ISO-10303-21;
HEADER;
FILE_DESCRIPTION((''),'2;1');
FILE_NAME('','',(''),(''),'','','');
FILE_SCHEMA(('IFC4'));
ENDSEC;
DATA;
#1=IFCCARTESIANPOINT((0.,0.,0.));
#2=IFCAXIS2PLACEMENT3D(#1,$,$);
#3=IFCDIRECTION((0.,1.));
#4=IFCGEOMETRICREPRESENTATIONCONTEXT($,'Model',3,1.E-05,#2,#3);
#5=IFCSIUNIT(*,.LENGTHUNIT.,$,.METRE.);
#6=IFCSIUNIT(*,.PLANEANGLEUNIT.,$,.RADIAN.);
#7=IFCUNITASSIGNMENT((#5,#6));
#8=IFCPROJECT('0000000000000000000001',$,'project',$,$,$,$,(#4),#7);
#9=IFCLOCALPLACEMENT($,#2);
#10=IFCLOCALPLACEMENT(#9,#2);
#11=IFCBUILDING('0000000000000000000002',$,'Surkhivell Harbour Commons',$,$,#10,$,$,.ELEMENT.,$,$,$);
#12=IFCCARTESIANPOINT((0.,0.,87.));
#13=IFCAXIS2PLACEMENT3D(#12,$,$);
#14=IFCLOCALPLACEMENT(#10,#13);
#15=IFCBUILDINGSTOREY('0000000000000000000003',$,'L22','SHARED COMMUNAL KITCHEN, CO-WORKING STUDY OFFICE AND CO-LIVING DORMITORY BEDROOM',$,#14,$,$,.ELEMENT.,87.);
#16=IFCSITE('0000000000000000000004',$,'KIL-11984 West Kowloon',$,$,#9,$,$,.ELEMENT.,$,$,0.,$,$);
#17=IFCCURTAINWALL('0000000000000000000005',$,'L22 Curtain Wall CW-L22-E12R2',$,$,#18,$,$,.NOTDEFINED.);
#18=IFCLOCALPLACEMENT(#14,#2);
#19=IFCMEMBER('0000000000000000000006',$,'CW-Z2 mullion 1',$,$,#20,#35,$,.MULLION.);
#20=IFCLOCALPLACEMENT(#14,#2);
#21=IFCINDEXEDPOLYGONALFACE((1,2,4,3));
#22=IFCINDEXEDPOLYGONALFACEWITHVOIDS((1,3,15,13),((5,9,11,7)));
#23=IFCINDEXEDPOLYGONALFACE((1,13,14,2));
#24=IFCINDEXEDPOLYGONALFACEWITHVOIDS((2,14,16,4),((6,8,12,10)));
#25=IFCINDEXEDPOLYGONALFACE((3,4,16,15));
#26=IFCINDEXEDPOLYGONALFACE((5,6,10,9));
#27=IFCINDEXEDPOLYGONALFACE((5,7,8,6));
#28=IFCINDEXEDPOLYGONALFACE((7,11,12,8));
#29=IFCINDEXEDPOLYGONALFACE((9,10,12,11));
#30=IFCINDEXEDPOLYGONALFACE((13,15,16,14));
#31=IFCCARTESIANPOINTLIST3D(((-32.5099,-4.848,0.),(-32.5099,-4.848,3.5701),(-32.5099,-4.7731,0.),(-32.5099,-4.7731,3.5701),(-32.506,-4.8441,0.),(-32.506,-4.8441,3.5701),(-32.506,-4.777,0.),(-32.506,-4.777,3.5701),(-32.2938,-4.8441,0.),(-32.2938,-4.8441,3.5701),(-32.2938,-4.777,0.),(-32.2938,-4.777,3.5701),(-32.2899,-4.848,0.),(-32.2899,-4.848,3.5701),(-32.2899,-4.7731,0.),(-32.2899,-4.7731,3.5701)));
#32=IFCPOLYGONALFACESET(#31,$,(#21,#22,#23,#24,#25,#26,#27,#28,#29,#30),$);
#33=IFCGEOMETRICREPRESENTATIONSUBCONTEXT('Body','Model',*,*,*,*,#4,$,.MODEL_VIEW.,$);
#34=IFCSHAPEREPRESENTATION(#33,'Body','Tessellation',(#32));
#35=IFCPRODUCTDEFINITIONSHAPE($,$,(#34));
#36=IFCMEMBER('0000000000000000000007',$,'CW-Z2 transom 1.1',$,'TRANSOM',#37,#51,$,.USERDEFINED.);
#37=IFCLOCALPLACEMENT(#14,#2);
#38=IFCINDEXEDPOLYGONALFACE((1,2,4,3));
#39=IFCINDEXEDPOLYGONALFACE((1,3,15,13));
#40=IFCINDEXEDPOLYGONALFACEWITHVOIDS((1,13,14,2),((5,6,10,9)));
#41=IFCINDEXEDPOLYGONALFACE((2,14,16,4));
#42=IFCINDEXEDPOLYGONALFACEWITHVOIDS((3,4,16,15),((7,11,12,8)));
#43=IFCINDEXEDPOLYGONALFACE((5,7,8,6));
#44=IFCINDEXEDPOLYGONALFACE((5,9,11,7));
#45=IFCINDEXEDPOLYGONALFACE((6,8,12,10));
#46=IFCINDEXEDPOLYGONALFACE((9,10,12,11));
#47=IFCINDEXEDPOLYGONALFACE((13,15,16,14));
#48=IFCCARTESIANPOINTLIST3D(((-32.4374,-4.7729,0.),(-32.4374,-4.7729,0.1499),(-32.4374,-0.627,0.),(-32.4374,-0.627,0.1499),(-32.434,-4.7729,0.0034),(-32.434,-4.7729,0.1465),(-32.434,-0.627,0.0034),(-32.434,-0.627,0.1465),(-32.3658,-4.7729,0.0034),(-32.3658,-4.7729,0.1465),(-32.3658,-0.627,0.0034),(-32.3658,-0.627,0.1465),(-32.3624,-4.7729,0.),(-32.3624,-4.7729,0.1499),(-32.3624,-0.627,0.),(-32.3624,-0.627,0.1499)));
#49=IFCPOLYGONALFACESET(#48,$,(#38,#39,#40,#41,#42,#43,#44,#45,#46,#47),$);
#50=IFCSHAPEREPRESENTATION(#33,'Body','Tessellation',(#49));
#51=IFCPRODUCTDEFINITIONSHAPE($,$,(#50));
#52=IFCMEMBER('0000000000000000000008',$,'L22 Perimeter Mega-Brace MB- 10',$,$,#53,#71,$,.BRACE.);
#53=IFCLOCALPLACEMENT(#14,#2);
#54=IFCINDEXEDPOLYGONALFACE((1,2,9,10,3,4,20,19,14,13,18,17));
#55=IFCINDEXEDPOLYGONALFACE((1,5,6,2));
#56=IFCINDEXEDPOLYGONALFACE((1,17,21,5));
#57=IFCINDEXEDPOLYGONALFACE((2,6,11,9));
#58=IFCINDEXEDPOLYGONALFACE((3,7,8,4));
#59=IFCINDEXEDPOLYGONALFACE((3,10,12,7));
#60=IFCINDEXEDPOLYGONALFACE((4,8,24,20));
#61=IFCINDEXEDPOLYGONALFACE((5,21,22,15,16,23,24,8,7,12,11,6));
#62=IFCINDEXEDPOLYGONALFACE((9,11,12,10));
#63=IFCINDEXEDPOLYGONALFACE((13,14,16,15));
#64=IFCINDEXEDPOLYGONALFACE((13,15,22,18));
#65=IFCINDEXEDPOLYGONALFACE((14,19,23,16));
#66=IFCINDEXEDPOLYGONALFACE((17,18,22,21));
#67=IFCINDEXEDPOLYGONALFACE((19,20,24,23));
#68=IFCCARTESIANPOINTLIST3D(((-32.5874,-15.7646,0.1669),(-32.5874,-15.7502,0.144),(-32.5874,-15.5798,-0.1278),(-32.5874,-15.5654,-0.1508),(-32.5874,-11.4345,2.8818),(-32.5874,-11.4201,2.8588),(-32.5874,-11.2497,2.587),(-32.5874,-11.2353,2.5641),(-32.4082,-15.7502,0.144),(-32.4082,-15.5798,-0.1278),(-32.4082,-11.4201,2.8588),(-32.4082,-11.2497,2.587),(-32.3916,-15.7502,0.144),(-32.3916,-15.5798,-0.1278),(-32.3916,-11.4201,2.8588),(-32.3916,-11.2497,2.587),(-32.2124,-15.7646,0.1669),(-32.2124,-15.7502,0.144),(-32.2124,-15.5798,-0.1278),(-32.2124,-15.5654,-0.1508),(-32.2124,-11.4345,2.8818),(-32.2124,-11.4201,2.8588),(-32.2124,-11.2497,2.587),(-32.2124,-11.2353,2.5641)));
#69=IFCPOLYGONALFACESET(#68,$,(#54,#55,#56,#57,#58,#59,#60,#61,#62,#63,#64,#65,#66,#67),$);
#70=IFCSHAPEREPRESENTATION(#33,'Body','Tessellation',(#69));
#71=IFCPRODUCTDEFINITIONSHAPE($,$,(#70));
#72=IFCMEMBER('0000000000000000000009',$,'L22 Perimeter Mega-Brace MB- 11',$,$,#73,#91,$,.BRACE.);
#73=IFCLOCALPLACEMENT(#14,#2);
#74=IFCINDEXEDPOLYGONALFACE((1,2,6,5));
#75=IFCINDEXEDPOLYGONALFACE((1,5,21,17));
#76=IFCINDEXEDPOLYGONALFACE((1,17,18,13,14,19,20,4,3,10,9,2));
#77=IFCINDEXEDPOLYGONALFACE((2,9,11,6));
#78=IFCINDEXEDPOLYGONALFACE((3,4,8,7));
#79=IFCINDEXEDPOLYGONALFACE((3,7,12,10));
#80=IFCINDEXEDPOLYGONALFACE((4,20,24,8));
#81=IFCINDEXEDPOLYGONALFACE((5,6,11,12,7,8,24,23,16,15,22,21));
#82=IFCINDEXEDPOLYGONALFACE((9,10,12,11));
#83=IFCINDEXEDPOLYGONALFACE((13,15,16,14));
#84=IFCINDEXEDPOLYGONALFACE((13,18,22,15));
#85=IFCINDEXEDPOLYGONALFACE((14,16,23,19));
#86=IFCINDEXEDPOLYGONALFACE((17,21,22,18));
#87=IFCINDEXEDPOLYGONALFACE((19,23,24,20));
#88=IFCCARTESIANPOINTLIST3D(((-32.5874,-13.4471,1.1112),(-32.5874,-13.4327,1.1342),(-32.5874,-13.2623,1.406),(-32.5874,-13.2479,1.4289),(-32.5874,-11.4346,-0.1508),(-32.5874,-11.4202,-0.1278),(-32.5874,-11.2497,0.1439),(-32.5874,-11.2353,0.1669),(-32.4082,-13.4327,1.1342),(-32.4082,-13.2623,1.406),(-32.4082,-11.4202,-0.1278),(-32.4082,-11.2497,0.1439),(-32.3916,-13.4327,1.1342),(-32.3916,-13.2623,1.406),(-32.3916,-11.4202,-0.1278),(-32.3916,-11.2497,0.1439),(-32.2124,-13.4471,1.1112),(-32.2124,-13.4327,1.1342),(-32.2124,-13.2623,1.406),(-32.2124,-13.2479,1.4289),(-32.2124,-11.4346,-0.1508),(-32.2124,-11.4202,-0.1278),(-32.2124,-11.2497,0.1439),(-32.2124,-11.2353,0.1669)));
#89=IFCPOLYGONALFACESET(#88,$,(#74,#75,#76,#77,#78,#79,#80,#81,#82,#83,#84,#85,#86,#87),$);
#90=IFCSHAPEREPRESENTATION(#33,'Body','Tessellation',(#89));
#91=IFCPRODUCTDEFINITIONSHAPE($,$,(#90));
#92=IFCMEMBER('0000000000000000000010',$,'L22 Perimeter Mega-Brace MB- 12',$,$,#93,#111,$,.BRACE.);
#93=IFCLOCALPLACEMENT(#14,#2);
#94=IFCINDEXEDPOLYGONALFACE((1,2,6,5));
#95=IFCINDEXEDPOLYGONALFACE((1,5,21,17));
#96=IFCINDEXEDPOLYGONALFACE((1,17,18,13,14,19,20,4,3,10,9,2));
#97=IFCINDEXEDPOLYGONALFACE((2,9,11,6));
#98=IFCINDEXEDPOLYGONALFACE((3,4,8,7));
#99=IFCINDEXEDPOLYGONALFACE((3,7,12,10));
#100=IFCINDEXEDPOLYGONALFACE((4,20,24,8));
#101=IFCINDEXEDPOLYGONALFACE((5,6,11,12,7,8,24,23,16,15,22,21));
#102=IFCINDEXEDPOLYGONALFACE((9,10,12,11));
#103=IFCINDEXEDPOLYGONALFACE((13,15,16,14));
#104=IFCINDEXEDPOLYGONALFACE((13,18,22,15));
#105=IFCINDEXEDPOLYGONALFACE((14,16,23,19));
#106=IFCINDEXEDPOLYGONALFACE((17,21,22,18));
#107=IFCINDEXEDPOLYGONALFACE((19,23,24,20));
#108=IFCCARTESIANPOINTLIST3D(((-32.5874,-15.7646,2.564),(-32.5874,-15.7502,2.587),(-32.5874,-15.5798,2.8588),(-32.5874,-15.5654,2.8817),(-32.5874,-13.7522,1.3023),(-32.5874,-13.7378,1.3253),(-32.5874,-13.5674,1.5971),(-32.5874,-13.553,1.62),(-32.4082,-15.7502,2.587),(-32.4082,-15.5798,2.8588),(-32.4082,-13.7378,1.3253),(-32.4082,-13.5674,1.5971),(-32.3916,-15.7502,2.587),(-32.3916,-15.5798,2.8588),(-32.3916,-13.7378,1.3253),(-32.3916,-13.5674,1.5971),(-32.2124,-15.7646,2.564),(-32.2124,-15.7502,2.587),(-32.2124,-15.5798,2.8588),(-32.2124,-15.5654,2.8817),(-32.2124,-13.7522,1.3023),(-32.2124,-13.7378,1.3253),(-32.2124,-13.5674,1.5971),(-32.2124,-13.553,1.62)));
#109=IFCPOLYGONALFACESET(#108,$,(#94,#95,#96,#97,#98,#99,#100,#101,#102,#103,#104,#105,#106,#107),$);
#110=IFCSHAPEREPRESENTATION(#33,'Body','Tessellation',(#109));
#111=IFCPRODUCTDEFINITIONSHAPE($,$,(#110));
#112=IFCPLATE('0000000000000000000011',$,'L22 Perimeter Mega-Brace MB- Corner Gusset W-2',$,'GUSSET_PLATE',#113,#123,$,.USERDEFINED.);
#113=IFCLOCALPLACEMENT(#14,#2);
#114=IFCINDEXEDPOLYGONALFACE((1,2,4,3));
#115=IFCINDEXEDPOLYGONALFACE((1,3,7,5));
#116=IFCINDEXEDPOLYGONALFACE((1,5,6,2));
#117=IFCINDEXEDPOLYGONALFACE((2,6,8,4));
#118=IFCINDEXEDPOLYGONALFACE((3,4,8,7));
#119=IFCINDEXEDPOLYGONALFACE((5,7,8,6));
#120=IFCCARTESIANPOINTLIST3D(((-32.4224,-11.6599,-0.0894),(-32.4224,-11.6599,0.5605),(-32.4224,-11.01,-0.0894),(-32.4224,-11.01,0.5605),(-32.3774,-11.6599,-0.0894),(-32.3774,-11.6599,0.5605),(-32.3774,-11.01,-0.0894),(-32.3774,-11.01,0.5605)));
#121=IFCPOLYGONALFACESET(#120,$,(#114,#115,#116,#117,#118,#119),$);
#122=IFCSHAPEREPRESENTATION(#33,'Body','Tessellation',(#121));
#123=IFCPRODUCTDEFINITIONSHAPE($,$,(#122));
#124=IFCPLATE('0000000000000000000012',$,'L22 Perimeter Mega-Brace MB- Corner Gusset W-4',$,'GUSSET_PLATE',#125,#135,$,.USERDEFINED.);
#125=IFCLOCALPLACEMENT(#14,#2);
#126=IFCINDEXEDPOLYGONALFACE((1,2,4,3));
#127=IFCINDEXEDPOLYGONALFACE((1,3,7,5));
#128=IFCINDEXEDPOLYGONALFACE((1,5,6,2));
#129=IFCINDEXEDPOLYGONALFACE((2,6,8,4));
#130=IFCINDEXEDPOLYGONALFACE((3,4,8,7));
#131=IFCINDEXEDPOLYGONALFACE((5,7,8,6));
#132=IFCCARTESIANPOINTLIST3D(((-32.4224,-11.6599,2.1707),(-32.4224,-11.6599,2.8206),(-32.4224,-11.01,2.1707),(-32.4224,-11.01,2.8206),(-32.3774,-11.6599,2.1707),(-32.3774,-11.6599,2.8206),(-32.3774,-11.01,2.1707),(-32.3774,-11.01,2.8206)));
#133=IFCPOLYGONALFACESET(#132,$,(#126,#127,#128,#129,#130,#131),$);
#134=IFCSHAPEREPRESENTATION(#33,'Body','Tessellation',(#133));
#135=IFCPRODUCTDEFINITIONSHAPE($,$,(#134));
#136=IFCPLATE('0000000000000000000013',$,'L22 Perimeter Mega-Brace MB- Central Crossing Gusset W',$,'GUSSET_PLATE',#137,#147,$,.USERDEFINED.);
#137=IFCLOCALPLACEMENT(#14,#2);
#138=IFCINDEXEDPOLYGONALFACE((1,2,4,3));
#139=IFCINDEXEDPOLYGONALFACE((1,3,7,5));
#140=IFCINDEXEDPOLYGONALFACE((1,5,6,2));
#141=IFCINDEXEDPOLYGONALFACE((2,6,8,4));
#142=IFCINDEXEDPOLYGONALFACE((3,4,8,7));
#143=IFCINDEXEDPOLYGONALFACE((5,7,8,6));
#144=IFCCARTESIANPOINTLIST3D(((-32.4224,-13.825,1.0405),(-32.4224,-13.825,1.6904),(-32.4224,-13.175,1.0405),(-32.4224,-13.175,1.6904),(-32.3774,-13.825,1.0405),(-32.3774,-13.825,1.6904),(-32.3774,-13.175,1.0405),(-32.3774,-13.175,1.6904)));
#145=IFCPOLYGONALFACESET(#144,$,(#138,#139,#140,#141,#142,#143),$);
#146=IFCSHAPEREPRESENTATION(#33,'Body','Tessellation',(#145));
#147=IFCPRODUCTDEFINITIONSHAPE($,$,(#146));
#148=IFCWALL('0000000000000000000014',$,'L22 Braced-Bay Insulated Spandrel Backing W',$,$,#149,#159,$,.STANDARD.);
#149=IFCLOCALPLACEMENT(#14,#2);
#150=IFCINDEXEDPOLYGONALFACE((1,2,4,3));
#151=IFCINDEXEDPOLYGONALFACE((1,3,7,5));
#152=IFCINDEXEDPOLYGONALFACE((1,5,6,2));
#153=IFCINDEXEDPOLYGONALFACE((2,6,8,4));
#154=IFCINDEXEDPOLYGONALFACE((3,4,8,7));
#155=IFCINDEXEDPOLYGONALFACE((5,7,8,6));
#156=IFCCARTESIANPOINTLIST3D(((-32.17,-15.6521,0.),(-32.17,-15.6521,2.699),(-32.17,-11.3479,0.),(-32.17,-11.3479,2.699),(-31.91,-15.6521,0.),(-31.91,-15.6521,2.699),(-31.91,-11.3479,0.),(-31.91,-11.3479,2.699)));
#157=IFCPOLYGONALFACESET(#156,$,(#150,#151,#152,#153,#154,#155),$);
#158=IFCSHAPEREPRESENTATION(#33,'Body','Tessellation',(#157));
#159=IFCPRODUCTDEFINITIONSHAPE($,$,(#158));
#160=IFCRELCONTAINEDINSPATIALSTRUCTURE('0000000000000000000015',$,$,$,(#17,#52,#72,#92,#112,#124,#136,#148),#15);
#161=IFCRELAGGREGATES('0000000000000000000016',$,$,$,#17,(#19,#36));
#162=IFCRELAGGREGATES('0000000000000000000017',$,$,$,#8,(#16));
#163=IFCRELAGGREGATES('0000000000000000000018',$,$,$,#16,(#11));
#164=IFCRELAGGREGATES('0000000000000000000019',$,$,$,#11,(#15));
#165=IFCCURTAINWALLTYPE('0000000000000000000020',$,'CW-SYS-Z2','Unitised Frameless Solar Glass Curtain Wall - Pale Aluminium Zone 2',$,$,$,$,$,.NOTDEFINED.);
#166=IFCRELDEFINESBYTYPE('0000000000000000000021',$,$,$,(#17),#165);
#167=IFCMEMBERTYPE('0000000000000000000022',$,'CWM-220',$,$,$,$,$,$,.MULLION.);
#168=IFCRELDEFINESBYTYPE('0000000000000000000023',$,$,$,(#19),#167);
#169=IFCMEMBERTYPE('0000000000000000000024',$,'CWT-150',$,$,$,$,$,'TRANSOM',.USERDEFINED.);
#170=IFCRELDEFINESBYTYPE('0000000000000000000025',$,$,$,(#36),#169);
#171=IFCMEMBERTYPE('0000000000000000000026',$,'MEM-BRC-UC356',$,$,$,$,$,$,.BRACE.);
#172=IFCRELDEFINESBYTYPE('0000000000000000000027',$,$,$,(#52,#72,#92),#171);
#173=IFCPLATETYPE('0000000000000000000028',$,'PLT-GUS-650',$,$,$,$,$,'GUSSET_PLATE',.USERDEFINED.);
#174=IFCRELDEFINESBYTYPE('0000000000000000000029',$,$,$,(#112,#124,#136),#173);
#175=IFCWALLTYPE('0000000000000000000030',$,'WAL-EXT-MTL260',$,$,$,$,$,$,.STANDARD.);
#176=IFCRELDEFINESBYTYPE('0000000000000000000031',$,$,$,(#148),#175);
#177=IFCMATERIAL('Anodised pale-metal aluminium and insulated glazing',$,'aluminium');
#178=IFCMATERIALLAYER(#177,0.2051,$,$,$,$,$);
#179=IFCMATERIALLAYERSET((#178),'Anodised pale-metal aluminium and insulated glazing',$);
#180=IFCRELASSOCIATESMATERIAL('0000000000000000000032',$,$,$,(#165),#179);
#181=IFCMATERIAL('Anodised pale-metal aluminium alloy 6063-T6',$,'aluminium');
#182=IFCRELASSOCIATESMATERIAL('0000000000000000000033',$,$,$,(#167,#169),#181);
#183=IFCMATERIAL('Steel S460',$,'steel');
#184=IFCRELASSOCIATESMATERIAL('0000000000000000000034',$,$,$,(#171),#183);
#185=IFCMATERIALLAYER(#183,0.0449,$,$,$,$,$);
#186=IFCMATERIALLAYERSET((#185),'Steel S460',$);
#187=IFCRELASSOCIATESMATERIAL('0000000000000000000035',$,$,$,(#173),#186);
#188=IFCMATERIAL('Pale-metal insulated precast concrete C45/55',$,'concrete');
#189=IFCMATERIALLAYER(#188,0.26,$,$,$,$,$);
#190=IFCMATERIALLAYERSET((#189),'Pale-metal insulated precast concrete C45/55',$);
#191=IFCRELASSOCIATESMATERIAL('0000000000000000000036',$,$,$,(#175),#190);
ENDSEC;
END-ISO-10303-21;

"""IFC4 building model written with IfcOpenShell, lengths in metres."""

from ifc_helpers import new_model, si_unit, direction, frame, frame_2d, origin, origin_2d, place, context, subcontext, project, spatial, rectangle, hollow_rectangle, i_section, extrude, material, layer, layer_set, material_profile, profile_set, type_object, element, aggregate, save


model = new_model("IFC4")

# Units and contexts
model_context = context("Model", 3, precision=1e-05, world=origin(), true_north=direction((0.0, 1.0)))
body_context = subcontext(model_context, "Body", "Model", "MODEL_VIEW")
ifc_project = project(units=[si_unit("LENGTHUNIT", "METRE"), si_unit("PLANEANGLEUNIT", "RADIAN")], contexts=[model_context])

# Site, building, storey
site_placement = place(None, origin())
site = spatial("IfcSite", under=ifc_project, at=site_placement, Name="KIL-11984 West Kowloon", CompositionType="ELEMENT", RefElevation=0.0)
building_placement = place(site_placement, origin())
building = spatial("IfcBuilding", under=site, at=building_placement, Name="Surkhivell Harbour Commons", CompositionType="ELEMENT")
storey_placement = place(building_placement, frame((0.0, 0.0, 87.0)))
storey = spatial("IfcBuildingStorey", under=building, at=storey_placement, Name="L22", Description="SHARED COMMUNAL KITCHEN, CO-WORKING STUDY OFFICE AND CO-LIVING DORMITORY BEDROOM", CompositionType="ELEMENT", Elevation=87.0)

# Shared definitions
ifc_material_1 = material(Name="Steel S460", Category="steel")

# Curtain wall, members
ifc_material_2 = material(Name="Anodised pale-metal aluminium and insulated glazing", Category="aluminium")
ifc_layer_1 = layer(ifc_material_2, 0.2051)
ifc_layer_set_1 = layer_set([ifc_layer_1], Name="Anodised pale-metal aluminium and insulated glazing")
curtain_wall_type = type_object("IfcCurtainWallType", Name="CW-SYS-Z2", Description="Unitised Frameless Solar Glass Curtain Wall - Pale Aluminium Zone 2", PredefinedType="NOTDEFINED", material=ifc_layer_set_1)
curtain_wall_placement = place(storey_placement, origin())
curtain_wall = element("IfcCurtainWall", 1, at=curtain_wall_placement, inside=storey, type_object=curtain_wall_type, Name="L22 Curtain Wall CW-L22-E12R2", PredefinedType="NOTDEFINED")
ifc_material_3 = material(Name="Anodised pale-metal aluminium alloy 6063-T6", Category="aluminium")
ifc_material_profile_1 = material_profile(ifc_material_3, hollow_rectangle(XDim=0.075, YDim=0.22, WallThickness=0.0039, at=origin_2d()), Name="ALU-MULL-75x220")
ifc_profile_set_1 = profile_set([ifc_material_profile_1], Name="Anodised pale-metal aluminium alloy 6063-T6")
member_type_1 = type_object("IfcMemberType", Name="CWM-220", PredefinedType="MULLION", material=ifc_profile_set_1)
member_1_placement = place(storey_placement, frame((-32.3999, -4.8105, 0.0), z_axis=(0.0, 0.0, 1.0), x_axis=(0.0, 1.0, 0.0)))
member_1 = element("IfcMember", 2, at=member_1_placement, type_object=member_type_1, Name="CW-Z2 mullion 1", PredefinedType="MULLION", context=body_context, shape_type="SweptSolid", body=[
    extrude(hollow_rectangle(XDim=0.075, YDim=0.22, WallThickness=0.0039, at=origin_2d()), origin(), (0.0, 0.0, 1.0), 3.5701),
])
ifc_material_profile_2 = material_profile(ifc_material_3, hollow_rectangle(XDim=0.075, YDim=0.1499, WallThickness=0.0034, at=origin_2d()), Name="ALU-TRAN-75x150")
ifc_profile_set_2 = profile_set([ifc_material_profile_2], Name="Anodised pale-metal aluminium alloy 6063-T6")
member_type_2 = type_object("IfcMemberType", Name="CWT-150", ElementType="TRANSOM", PredefinedType="USERDEFINED", material=ifc_profile_set_2)
member_2_placement = place(storey_placement, frame((-32.3999, -4.7729, 0.075), z_axis=(0.0, 1.0, 0.0), x_axis=(-1.0, 0.0, 0.0)))
member_2 = element("IfcMember", 3, at=member_2_placement, type_object=member_type_2, Name="CW-Z2 transom 1.1", ObjectType="TRANSOM", PredefinedType="USERDEFINED", context=body_context, shape_type="SweptSolid", body=[
    extrude(hollow_rectangle(XDim=0.075, YDim=0.1499, WallThickness=0.0034, at=origin_2d()), origin(), (0.0, 0.0, 1.0), 4.146),
])
aggregate(curtain_wall, [member_1, member_2])

# Members
ifc_material_profile_3 = material_profile(ifc_material_1, i_section(OverallWidth=0.375, OverallDepth=0.375, WebThickness=0.0166, FlangeThickness=0.0271, at=origin_2d()), Name="UC356x368x202")
ifc_profile_set_3 = profile_set([ifc_material_profile_3], Name="Steel S460")
member_type_3 = type_object("IfcMemberType", Name="MEM-BRC-UC356", PredefinedType="BRACE", material=ifc_profile_set_3)
member_3_placement = place(storey_placement, frame((-32.3999, -15.665, 0.0081), z_axis=(0.0, 0.847246, 0.531201), x_axis=(-1.0, 0.0, 0.0)))
element("IfcMember", 4, at=member_3_placement, inside=storey, type_object=member_type_3, Name="L22 Perimeter Mega-Brace MB- 10", PredefinedType="BRACE", context=body_context, shape_type="SweptSolid", body=[
    extrude(i_section(OverallWidth=0.375, OverallDepth=0.375, WebThickness=0.0166, FlangeThickness=0.0271, at=origin_2d()), origin(), (0.0, 0.0, 1.0), 5.1108),
])
member_4_placement = place(storey_placement, frame((-32.3999, -11.335, 0.0081), z_axis=(0.0, -0.847206, 0.531264), x_axis=(1.0, 0.0, 0.0)))
element("IfcMember", 5, at=member_4_placement, inside=storey, type_object=member_type_3, Name="L22 Perimeter Mega-Brace MB- 11", PredefinedType="BRACE", context=body_context, shape_type="SweptSolid", body=[
    extrude(i_section(OverallWidth=0.375, OverallDepth=0.375, WebThickness=0.0166, FlangeThickness=0.0271, at=origin_2d()), origin(), (0.0, 0.0, 1.0), 2.3755),
])
member_5_placement = place(storey_placement, frame((-32.3999, -13.6526, 1.4612), z_axis=(0.0, -0.847253, 0.53119), x_axis=(1.0, 0.0, 0.0)))
element("IfcMember", 6, at=member_5_placement, inside=storey, type_object=member_type_3, Name="L22 Perimeter Mega-Brace MB- 12", PredefinedType="BRACE", context=body_context, shape_type="SweptSolid", body=[
    extrude(i_section(OverallWidth=0.375, OverallDepth=0.375, WebThickness=0.0166, FlangeThickness=0.0271, at=origin_2d()), origin(), (0.0, 0.0, 1.0), 2.3752),
])

# Plates
ifc_layer_2 = layer(ifc_material_1, 0.0449)
ifc_layer_set_2 = layer_set([ifc_layer_2], Name="Steel S460")
plate_type = type_object("IfcPlateType", Name="PLT-GUS-650", ElementType="GUSSET_PLATE", PredefinedType="USERDEFINED", material=ifc_layer_set_2)
for number, where, z_axis, x_axis, name in (
    (7, (-32.3999, -11.335, -0.0894), (0.0, 0.0, 1.0), (0.0, 1.0, 0.0), "L22 Perimeter Mega-Brace MB- Corner Gusset W-2"),
    (8, (-32.3999, -11.335, 2.1707), (0.0, 0.0, 1.0), (0.0, 1.0, 0.0), "L22 Perimeter Mega-Brace MB- Corner Gusset W-4"),
    (9, (-32.3999, -13.5, 1.0405), (0.0, 0.0, 1.0), (0.0, 1.0, 0.0), "L22 Perimeter Mega-Brace MB- Central Crossing Gusset W"),
):
    element("IfcPlate", number, at=place(storey_placement, frame(where, z_axis=z_axis, x_axis=x_axis)), inside=storey, type_object=plate_type, Name=name, ObjectType="GUSSET_PLATE", PredefinedType="USERDEFINED", context=body_context, shape_type="SweptSolid", body=[
        extrude(rectangle(XDim=0.6499, YDim=0.0449, at=origin_2d()), origin(), (0.0, 0.0, 1.0), 0.6499),
    ])

# Wall
ifc_material_4 = material(Name="Pale-metal insulated precast concrete C45/55", Category="concrete")
ifc_layer_3 = layer(ifc_material_4, 0.26)
ifc_layer_set_3 = layer_set([ifc_layer_3], Name="Pale-metal insulated precast concrete C45/55")
wall_type_1 = type_object("IfcWallType", Name="WAL-EXT-MTL260", PredefinedType="STANDARD", material=ifc_layer_set_3)
wall_1_placement = place(storey_placement, frame((-32.04, -15.6521, 0.0), z_axis=(0.0, 0.0, 1.0), x_axis=(0.0, 1.0, 0.0)))
element("IfcWall", 10, at=wall_1_placement, inside=storey, type_object=wall_type_1, Name="L22 Braced-Bay Insulated Spandrel Backing W", PredefinedType="STANDARD", context=body_context, shape_type="SweptSolid", body=[
    extrude(rectangle(XDim=4.3042, YDim=0.26, at=frame_2d((2.1521, 0.0))), origin(), (0.0, 0.0, 1.0), 2.699),
])

save(model, "model.ifc")
